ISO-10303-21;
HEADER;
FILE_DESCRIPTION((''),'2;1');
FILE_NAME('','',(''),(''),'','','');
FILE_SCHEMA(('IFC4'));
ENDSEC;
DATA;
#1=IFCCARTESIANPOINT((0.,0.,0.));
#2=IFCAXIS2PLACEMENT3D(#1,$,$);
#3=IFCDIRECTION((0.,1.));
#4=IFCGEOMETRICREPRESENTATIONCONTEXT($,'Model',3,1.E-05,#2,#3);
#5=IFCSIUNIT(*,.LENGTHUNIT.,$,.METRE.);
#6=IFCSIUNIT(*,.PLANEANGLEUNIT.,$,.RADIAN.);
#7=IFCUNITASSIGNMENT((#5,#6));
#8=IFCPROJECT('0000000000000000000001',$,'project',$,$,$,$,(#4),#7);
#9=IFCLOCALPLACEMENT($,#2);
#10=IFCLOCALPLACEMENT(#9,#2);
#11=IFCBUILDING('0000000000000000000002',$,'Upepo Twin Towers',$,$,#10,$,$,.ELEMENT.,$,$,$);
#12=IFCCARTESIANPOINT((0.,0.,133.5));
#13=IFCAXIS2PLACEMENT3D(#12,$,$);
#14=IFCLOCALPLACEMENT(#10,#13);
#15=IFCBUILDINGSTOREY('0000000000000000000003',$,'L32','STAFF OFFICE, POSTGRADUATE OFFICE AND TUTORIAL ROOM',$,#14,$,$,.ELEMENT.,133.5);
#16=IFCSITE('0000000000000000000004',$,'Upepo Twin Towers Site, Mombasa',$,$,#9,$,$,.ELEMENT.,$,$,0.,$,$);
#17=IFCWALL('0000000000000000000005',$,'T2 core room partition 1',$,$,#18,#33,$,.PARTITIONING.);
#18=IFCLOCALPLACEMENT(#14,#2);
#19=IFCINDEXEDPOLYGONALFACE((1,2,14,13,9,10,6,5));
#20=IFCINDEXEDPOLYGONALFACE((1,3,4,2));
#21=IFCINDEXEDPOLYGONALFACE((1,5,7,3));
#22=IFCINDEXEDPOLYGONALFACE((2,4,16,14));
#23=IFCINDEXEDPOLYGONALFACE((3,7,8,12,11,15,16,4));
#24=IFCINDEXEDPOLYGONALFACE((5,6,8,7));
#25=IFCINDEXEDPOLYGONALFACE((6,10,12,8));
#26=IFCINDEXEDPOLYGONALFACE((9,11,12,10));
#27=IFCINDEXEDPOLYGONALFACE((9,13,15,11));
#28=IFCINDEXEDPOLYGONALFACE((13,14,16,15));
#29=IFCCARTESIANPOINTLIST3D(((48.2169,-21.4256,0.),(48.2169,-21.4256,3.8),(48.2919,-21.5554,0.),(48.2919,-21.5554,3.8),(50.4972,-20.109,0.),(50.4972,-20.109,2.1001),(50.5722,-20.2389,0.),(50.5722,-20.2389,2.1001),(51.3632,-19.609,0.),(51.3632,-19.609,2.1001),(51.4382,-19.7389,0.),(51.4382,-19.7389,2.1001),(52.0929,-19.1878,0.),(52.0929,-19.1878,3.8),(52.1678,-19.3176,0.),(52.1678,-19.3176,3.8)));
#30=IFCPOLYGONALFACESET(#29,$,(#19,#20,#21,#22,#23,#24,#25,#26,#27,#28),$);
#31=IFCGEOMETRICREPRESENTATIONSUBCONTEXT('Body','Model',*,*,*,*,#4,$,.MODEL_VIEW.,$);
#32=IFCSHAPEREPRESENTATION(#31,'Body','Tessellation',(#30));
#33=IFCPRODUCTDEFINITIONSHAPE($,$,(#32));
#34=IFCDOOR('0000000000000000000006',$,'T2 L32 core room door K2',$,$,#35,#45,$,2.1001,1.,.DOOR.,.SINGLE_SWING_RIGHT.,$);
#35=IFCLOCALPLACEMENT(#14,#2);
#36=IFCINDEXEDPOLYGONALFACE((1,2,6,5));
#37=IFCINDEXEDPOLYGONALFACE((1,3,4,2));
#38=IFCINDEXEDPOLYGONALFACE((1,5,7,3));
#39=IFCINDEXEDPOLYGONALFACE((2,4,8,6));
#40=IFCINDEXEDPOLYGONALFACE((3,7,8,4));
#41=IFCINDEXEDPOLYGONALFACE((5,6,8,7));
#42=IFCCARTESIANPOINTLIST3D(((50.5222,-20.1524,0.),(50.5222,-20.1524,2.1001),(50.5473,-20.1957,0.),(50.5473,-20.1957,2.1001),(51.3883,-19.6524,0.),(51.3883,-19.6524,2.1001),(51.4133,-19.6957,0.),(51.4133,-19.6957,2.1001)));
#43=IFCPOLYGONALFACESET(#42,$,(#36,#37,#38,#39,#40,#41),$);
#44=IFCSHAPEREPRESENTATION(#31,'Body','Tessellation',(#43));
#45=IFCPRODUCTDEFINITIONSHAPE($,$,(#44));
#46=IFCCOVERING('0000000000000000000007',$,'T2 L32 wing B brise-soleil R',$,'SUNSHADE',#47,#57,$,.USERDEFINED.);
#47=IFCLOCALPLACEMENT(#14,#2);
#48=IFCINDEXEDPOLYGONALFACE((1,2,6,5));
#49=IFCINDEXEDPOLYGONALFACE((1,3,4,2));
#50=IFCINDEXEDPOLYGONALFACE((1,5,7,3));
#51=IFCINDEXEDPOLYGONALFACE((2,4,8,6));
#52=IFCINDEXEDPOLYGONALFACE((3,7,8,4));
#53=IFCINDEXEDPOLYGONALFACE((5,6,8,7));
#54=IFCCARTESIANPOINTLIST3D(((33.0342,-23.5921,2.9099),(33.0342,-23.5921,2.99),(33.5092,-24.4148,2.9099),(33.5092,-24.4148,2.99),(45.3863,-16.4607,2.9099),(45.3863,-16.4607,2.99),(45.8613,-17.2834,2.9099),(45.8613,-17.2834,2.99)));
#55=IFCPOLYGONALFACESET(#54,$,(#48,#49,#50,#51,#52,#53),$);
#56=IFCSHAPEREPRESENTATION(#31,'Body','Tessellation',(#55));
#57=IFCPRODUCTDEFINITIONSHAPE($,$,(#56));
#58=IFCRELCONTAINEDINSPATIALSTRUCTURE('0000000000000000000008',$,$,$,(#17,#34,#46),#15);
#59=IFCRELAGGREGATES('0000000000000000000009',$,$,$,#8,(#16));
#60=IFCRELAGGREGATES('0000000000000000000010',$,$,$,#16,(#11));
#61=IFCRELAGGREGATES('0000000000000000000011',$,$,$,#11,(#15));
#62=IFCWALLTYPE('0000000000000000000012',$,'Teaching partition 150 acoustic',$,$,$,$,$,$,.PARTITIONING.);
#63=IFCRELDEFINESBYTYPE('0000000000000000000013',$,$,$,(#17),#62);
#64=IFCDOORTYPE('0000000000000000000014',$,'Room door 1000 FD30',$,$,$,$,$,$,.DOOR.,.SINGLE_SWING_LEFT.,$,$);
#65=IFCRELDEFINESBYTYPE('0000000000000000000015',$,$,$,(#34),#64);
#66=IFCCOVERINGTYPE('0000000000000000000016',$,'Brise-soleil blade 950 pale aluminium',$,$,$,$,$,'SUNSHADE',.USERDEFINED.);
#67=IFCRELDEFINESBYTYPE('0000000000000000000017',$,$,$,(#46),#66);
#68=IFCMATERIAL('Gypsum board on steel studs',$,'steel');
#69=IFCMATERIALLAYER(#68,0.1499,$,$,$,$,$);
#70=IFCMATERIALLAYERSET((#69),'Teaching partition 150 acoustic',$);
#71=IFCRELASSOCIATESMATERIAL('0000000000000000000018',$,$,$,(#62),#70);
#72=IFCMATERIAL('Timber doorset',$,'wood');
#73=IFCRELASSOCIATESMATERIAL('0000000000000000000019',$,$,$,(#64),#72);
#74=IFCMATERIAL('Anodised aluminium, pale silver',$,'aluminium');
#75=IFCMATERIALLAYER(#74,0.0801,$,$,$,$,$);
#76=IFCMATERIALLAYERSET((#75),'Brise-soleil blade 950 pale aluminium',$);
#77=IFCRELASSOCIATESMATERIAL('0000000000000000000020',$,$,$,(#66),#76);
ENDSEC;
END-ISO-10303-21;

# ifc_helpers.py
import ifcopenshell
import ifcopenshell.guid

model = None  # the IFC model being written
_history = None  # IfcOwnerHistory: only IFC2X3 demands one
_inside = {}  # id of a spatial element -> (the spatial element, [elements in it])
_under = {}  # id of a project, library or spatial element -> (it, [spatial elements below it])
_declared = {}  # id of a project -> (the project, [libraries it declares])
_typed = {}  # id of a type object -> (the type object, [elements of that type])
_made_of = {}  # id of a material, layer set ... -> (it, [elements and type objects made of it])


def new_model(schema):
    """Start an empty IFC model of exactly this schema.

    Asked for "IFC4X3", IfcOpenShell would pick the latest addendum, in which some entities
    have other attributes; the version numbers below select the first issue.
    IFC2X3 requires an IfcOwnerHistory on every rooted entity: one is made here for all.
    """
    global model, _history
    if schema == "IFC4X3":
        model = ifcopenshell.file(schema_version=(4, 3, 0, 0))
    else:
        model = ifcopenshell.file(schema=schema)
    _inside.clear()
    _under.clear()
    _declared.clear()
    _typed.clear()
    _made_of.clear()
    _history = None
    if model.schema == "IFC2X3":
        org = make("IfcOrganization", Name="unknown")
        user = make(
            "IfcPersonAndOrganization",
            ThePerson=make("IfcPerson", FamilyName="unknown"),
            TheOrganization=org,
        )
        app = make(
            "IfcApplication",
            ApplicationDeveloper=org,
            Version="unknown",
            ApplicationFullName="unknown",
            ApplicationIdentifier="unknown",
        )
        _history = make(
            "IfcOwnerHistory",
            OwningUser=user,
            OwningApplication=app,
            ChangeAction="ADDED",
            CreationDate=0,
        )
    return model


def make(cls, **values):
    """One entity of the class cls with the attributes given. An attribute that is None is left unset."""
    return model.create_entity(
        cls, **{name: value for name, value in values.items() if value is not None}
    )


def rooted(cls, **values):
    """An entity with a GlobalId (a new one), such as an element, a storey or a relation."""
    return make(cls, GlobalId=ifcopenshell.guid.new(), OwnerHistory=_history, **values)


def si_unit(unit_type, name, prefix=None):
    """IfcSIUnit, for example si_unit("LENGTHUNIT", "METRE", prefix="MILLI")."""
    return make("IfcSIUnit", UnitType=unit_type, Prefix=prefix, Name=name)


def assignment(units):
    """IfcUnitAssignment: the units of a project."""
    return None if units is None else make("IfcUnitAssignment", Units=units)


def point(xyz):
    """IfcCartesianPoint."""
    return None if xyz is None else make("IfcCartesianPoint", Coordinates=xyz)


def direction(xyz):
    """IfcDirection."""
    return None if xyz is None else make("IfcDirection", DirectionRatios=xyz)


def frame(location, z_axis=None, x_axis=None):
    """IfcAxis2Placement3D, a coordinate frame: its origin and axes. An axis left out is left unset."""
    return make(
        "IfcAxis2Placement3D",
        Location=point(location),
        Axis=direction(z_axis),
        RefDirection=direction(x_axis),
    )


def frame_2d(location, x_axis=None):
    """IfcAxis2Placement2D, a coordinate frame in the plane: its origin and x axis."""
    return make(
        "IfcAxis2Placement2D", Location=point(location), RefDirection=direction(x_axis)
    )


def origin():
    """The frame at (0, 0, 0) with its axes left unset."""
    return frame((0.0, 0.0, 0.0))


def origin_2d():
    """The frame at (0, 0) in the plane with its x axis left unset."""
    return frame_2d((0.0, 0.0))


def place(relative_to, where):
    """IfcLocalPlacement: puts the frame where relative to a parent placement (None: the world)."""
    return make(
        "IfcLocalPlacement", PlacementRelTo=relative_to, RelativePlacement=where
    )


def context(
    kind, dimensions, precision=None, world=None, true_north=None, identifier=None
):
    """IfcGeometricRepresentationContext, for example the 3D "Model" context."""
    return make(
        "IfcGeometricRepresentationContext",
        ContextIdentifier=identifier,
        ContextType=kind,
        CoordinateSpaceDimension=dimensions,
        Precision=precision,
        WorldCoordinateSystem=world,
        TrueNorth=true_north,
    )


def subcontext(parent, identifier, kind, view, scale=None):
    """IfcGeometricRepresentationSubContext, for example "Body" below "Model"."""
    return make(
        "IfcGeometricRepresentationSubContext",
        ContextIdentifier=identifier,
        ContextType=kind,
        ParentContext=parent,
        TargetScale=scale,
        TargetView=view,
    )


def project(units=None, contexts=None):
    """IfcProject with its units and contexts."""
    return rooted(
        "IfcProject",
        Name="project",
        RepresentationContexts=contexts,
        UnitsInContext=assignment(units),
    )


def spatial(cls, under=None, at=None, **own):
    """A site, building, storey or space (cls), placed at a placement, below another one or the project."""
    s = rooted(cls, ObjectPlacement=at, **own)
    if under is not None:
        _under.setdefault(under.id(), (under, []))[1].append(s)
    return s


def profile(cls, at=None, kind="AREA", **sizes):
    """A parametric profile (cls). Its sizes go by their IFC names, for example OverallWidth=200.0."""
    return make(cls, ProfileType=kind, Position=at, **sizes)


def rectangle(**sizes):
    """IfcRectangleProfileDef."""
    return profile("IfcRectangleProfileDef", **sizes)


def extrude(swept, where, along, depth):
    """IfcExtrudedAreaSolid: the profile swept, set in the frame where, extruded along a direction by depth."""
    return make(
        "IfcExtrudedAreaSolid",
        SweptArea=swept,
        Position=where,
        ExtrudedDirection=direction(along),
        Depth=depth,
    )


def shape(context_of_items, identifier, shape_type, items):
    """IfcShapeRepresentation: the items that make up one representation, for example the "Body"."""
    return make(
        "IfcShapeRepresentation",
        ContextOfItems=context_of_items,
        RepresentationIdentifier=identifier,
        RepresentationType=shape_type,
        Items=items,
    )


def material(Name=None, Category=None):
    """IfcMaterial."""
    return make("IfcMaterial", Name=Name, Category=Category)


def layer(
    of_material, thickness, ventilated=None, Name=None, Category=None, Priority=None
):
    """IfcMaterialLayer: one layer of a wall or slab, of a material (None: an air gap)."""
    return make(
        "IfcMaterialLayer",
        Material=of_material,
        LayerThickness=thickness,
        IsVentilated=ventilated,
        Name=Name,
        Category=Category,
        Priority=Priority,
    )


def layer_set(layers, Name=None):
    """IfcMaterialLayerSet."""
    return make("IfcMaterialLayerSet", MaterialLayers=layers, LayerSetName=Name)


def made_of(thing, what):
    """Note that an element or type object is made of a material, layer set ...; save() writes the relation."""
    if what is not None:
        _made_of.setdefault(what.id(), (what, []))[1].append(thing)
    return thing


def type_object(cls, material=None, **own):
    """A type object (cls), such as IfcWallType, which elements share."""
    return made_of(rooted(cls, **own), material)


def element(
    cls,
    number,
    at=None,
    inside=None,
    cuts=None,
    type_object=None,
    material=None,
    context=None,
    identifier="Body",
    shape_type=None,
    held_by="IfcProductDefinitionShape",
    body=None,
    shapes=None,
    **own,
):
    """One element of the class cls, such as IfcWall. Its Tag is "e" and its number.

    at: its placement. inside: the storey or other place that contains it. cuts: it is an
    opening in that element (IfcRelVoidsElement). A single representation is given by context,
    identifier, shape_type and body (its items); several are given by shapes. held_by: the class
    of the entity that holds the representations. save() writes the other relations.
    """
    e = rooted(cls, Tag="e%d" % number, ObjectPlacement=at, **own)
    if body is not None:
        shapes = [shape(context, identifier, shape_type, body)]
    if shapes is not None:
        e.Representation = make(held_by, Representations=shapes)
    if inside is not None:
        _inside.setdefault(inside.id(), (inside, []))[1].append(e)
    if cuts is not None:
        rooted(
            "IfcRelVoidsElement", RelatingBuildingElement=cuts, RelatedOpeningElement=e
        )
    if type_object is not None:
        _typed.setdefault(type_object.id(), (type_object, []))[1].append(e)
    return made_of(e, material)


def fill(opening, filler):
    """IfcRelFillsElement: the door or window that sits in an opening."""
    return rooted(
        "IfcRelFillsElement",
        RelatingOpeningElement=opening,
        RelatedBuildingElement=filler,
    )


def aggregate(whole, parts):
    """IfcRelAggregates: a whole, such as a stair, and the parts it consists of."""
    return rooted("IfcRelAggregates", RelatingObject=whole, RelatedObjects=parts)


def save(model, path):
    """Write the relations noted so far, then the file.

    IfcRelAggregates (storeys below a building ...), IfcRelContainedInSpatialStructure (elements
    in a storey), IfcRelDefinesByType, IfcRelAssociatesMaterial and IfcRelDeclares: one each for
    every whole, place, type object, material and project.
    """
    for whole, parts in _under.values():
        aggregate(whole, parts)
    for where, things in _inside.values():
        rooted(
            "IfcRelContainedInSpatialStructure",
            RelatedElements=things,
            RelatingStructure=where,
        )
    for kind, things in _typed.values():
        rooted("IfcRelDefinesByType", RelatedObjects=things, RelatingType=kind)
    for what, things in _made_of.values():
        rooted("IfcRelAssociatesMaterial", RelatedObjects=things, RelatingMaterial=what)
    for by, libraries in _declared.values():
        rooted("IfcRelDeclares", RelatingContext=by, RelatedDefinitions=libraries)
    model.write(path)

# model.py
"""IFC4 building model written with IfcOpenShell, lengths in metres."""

from ifc_helpers import new_model, si_unit, direction, frame, frame_2d, origin, origin_2d, place, context, subcontext, project, spatial, rectangle, extrude, material, layer, layer_set, type_object, element, fill, save


model = new_model("IFC4")

# Units and contexts
model_context = context("Model", 3, precision=1e-05, world=origin(), true_north=direction((0.0, 1.0)))
body_context = subcontext(model_context, "Body", "Model", "MODEL_VIEW")
ifc_project = project(units=[si_unit("LENGTHUNIT", "METRE"), si_unit("PLANEANGLEUNIT", "RADIAN")], contexts=[model_context])

# Site, building, storey
site_placement = place(None, origin())
site = spatial("IfcSite", under=ifc_project, at=site_placement, Name="Upepo Twin Towers Site, Mombasa", CompositionType="ELEMENT", RefElevation=0.0)
building_placement = place(site_placement, origin())
building = spatial("IfcBuilding", under=site, at=building_placement, Name="Upepo Twin Towers", CompositionType="ELEMENT")
storey_placement = place(building_placement, frame((0.0, 0.0, 133.5)))
storey = spatial("IfcBuildingStorey", under=building, at=storey_placement, Name="L32", Description="STAFF OFFICE, POSTGRADUATE OFFICE AND TUTORIAL ROOM", CompositionType="ELEMENT", Elevation=133.5)

# Shared definitions
ifc_material_1 = material(Name="Gypsum board on steel studs", Category="steel")
ifc_layer_1 = layer(ifc_material_1, 0.1499)
ifc_layer_set_1 = layer_set([ifc_layer_1], Name="Teaching partition 150 acoustic")
wall_type_1 = type_object("IfcWallType", Name="Teaching partition 150 acoustic", PredefinedType="PARTITIONING", material=ifc_layer_set_1)

# Wall, opening, door
wall_1_placement = place(storey_placement, frame((48.2544, -21.4905, 0.0), z_axis=(0.0, 0.0, 1.0), x_axis=(0.866026, 0.499999, 0.0)))
wall_1 = element("IfcWall", 1, at=wall_1_placement, inside=storey, type_object=wall_type_1, Name="T2 core room partition 1", PredefinedType="PARTITIONING", context=body_context, shape_type="SweptSolid", body=[
    extrude(rectangle(XDim=4.4756, YDim=0.1499, at=frame_2d((2.2378, 0.0))), origin(), (0.0, 0.0, 1.0), 3.8),
])
opening_1_placement = place(wall_1_placement, frame((2.6331, 0.0, 0.0)))
opening_1 = element("IfcOpeningElement", 2, at=opening_1_placement, cuts=wall_1, PredefinedType="OPENING", context=body_context, shape_type="SweptSolid", body=[
    extrude(rectangle(XDim=1.0, YDim=2.1001, at=frame_2d((0.5, 1.05))), frame((0.0, 0.085, 0.0), z_axis=(0.0, -1.0, 0.0), x_axis=(1.0, 0.0, 0.0)), (0.0, 0.0, 1.0), 0.1699),
])
ifc_material_2 = material(Name="Timber doorset", Category="wood")
door_type_1 = type_object("IfcDoorType", Name="Room door 1000 FD30", OperationType="SINGLE_SWING_LEFT", PredefinedType="DOOR", material=ifc_material_2)
door_1_placement = place(opening_1_placement, origin())
door_1 = element("IfcDoor", 3, at=door_1_placement, inside=storey, type_object=door_type_1, Name="T2 L32 core room door K2", OperationType="SINGLE_SWING_RIGHT", OverallHeight=2.1001, OverallWidth=1.0, PredefinedType="DOOR", context=body_context, shape_type="SweptSolid", body=[
    extrude(rectangle(XDim=1.0, YDim=2.1001, at=frame_2d((0.5, 1.05))), frame((0.0, 0.0249, 0.0), z_axis=(0.0, -1.0, 0.0), x_axis=(1.0, 0.0, 0.0)), (0.0, 0.0, 1.0), 0.05),
])
fill(opening_1, door_1)

# Covering
ifc_material_3 = material(Name="Anodised aluminium, pale silver", Category="aluminium")
ifc_layer_2 = layer(ifc_material_3, 0.0801)
ifc_layer_set_2 = layer_set([ifc_layer_2], Name="Brise-soleil blade 950 pale aluminium")
covering_type = type_object("IfcCoveringType", Name="Brise-soleil blade 950 pale aluminium", ElementType="SUNSHADE", PredefinedType="USERDEFINED", material=ifc_layer_set_2)
covering_placement = place(storey_placement, frame((39.4478, -20.4377, 2.9099), z_axis=(0.0, 0.0, 1.0), x_axis=(-0.866025, -0.5, 0.0)))
element("IfcCovering", 4, at=covering_placement, inside=storey, type_object=covering_type, Name="T2 L32 wing B brise-soleil R", ObjectType="SUNSHADE", PredefinedType="USERDEFINED", context=body_context, shape_type="SweptSolid", body=[
    extrude(rectangle(XDim=14.2629, YDim=0.95, at=origin_2d()), origin(), (0.0, 0.0, 1.0), 0.0801),
])

save(model, "model.ifc")
